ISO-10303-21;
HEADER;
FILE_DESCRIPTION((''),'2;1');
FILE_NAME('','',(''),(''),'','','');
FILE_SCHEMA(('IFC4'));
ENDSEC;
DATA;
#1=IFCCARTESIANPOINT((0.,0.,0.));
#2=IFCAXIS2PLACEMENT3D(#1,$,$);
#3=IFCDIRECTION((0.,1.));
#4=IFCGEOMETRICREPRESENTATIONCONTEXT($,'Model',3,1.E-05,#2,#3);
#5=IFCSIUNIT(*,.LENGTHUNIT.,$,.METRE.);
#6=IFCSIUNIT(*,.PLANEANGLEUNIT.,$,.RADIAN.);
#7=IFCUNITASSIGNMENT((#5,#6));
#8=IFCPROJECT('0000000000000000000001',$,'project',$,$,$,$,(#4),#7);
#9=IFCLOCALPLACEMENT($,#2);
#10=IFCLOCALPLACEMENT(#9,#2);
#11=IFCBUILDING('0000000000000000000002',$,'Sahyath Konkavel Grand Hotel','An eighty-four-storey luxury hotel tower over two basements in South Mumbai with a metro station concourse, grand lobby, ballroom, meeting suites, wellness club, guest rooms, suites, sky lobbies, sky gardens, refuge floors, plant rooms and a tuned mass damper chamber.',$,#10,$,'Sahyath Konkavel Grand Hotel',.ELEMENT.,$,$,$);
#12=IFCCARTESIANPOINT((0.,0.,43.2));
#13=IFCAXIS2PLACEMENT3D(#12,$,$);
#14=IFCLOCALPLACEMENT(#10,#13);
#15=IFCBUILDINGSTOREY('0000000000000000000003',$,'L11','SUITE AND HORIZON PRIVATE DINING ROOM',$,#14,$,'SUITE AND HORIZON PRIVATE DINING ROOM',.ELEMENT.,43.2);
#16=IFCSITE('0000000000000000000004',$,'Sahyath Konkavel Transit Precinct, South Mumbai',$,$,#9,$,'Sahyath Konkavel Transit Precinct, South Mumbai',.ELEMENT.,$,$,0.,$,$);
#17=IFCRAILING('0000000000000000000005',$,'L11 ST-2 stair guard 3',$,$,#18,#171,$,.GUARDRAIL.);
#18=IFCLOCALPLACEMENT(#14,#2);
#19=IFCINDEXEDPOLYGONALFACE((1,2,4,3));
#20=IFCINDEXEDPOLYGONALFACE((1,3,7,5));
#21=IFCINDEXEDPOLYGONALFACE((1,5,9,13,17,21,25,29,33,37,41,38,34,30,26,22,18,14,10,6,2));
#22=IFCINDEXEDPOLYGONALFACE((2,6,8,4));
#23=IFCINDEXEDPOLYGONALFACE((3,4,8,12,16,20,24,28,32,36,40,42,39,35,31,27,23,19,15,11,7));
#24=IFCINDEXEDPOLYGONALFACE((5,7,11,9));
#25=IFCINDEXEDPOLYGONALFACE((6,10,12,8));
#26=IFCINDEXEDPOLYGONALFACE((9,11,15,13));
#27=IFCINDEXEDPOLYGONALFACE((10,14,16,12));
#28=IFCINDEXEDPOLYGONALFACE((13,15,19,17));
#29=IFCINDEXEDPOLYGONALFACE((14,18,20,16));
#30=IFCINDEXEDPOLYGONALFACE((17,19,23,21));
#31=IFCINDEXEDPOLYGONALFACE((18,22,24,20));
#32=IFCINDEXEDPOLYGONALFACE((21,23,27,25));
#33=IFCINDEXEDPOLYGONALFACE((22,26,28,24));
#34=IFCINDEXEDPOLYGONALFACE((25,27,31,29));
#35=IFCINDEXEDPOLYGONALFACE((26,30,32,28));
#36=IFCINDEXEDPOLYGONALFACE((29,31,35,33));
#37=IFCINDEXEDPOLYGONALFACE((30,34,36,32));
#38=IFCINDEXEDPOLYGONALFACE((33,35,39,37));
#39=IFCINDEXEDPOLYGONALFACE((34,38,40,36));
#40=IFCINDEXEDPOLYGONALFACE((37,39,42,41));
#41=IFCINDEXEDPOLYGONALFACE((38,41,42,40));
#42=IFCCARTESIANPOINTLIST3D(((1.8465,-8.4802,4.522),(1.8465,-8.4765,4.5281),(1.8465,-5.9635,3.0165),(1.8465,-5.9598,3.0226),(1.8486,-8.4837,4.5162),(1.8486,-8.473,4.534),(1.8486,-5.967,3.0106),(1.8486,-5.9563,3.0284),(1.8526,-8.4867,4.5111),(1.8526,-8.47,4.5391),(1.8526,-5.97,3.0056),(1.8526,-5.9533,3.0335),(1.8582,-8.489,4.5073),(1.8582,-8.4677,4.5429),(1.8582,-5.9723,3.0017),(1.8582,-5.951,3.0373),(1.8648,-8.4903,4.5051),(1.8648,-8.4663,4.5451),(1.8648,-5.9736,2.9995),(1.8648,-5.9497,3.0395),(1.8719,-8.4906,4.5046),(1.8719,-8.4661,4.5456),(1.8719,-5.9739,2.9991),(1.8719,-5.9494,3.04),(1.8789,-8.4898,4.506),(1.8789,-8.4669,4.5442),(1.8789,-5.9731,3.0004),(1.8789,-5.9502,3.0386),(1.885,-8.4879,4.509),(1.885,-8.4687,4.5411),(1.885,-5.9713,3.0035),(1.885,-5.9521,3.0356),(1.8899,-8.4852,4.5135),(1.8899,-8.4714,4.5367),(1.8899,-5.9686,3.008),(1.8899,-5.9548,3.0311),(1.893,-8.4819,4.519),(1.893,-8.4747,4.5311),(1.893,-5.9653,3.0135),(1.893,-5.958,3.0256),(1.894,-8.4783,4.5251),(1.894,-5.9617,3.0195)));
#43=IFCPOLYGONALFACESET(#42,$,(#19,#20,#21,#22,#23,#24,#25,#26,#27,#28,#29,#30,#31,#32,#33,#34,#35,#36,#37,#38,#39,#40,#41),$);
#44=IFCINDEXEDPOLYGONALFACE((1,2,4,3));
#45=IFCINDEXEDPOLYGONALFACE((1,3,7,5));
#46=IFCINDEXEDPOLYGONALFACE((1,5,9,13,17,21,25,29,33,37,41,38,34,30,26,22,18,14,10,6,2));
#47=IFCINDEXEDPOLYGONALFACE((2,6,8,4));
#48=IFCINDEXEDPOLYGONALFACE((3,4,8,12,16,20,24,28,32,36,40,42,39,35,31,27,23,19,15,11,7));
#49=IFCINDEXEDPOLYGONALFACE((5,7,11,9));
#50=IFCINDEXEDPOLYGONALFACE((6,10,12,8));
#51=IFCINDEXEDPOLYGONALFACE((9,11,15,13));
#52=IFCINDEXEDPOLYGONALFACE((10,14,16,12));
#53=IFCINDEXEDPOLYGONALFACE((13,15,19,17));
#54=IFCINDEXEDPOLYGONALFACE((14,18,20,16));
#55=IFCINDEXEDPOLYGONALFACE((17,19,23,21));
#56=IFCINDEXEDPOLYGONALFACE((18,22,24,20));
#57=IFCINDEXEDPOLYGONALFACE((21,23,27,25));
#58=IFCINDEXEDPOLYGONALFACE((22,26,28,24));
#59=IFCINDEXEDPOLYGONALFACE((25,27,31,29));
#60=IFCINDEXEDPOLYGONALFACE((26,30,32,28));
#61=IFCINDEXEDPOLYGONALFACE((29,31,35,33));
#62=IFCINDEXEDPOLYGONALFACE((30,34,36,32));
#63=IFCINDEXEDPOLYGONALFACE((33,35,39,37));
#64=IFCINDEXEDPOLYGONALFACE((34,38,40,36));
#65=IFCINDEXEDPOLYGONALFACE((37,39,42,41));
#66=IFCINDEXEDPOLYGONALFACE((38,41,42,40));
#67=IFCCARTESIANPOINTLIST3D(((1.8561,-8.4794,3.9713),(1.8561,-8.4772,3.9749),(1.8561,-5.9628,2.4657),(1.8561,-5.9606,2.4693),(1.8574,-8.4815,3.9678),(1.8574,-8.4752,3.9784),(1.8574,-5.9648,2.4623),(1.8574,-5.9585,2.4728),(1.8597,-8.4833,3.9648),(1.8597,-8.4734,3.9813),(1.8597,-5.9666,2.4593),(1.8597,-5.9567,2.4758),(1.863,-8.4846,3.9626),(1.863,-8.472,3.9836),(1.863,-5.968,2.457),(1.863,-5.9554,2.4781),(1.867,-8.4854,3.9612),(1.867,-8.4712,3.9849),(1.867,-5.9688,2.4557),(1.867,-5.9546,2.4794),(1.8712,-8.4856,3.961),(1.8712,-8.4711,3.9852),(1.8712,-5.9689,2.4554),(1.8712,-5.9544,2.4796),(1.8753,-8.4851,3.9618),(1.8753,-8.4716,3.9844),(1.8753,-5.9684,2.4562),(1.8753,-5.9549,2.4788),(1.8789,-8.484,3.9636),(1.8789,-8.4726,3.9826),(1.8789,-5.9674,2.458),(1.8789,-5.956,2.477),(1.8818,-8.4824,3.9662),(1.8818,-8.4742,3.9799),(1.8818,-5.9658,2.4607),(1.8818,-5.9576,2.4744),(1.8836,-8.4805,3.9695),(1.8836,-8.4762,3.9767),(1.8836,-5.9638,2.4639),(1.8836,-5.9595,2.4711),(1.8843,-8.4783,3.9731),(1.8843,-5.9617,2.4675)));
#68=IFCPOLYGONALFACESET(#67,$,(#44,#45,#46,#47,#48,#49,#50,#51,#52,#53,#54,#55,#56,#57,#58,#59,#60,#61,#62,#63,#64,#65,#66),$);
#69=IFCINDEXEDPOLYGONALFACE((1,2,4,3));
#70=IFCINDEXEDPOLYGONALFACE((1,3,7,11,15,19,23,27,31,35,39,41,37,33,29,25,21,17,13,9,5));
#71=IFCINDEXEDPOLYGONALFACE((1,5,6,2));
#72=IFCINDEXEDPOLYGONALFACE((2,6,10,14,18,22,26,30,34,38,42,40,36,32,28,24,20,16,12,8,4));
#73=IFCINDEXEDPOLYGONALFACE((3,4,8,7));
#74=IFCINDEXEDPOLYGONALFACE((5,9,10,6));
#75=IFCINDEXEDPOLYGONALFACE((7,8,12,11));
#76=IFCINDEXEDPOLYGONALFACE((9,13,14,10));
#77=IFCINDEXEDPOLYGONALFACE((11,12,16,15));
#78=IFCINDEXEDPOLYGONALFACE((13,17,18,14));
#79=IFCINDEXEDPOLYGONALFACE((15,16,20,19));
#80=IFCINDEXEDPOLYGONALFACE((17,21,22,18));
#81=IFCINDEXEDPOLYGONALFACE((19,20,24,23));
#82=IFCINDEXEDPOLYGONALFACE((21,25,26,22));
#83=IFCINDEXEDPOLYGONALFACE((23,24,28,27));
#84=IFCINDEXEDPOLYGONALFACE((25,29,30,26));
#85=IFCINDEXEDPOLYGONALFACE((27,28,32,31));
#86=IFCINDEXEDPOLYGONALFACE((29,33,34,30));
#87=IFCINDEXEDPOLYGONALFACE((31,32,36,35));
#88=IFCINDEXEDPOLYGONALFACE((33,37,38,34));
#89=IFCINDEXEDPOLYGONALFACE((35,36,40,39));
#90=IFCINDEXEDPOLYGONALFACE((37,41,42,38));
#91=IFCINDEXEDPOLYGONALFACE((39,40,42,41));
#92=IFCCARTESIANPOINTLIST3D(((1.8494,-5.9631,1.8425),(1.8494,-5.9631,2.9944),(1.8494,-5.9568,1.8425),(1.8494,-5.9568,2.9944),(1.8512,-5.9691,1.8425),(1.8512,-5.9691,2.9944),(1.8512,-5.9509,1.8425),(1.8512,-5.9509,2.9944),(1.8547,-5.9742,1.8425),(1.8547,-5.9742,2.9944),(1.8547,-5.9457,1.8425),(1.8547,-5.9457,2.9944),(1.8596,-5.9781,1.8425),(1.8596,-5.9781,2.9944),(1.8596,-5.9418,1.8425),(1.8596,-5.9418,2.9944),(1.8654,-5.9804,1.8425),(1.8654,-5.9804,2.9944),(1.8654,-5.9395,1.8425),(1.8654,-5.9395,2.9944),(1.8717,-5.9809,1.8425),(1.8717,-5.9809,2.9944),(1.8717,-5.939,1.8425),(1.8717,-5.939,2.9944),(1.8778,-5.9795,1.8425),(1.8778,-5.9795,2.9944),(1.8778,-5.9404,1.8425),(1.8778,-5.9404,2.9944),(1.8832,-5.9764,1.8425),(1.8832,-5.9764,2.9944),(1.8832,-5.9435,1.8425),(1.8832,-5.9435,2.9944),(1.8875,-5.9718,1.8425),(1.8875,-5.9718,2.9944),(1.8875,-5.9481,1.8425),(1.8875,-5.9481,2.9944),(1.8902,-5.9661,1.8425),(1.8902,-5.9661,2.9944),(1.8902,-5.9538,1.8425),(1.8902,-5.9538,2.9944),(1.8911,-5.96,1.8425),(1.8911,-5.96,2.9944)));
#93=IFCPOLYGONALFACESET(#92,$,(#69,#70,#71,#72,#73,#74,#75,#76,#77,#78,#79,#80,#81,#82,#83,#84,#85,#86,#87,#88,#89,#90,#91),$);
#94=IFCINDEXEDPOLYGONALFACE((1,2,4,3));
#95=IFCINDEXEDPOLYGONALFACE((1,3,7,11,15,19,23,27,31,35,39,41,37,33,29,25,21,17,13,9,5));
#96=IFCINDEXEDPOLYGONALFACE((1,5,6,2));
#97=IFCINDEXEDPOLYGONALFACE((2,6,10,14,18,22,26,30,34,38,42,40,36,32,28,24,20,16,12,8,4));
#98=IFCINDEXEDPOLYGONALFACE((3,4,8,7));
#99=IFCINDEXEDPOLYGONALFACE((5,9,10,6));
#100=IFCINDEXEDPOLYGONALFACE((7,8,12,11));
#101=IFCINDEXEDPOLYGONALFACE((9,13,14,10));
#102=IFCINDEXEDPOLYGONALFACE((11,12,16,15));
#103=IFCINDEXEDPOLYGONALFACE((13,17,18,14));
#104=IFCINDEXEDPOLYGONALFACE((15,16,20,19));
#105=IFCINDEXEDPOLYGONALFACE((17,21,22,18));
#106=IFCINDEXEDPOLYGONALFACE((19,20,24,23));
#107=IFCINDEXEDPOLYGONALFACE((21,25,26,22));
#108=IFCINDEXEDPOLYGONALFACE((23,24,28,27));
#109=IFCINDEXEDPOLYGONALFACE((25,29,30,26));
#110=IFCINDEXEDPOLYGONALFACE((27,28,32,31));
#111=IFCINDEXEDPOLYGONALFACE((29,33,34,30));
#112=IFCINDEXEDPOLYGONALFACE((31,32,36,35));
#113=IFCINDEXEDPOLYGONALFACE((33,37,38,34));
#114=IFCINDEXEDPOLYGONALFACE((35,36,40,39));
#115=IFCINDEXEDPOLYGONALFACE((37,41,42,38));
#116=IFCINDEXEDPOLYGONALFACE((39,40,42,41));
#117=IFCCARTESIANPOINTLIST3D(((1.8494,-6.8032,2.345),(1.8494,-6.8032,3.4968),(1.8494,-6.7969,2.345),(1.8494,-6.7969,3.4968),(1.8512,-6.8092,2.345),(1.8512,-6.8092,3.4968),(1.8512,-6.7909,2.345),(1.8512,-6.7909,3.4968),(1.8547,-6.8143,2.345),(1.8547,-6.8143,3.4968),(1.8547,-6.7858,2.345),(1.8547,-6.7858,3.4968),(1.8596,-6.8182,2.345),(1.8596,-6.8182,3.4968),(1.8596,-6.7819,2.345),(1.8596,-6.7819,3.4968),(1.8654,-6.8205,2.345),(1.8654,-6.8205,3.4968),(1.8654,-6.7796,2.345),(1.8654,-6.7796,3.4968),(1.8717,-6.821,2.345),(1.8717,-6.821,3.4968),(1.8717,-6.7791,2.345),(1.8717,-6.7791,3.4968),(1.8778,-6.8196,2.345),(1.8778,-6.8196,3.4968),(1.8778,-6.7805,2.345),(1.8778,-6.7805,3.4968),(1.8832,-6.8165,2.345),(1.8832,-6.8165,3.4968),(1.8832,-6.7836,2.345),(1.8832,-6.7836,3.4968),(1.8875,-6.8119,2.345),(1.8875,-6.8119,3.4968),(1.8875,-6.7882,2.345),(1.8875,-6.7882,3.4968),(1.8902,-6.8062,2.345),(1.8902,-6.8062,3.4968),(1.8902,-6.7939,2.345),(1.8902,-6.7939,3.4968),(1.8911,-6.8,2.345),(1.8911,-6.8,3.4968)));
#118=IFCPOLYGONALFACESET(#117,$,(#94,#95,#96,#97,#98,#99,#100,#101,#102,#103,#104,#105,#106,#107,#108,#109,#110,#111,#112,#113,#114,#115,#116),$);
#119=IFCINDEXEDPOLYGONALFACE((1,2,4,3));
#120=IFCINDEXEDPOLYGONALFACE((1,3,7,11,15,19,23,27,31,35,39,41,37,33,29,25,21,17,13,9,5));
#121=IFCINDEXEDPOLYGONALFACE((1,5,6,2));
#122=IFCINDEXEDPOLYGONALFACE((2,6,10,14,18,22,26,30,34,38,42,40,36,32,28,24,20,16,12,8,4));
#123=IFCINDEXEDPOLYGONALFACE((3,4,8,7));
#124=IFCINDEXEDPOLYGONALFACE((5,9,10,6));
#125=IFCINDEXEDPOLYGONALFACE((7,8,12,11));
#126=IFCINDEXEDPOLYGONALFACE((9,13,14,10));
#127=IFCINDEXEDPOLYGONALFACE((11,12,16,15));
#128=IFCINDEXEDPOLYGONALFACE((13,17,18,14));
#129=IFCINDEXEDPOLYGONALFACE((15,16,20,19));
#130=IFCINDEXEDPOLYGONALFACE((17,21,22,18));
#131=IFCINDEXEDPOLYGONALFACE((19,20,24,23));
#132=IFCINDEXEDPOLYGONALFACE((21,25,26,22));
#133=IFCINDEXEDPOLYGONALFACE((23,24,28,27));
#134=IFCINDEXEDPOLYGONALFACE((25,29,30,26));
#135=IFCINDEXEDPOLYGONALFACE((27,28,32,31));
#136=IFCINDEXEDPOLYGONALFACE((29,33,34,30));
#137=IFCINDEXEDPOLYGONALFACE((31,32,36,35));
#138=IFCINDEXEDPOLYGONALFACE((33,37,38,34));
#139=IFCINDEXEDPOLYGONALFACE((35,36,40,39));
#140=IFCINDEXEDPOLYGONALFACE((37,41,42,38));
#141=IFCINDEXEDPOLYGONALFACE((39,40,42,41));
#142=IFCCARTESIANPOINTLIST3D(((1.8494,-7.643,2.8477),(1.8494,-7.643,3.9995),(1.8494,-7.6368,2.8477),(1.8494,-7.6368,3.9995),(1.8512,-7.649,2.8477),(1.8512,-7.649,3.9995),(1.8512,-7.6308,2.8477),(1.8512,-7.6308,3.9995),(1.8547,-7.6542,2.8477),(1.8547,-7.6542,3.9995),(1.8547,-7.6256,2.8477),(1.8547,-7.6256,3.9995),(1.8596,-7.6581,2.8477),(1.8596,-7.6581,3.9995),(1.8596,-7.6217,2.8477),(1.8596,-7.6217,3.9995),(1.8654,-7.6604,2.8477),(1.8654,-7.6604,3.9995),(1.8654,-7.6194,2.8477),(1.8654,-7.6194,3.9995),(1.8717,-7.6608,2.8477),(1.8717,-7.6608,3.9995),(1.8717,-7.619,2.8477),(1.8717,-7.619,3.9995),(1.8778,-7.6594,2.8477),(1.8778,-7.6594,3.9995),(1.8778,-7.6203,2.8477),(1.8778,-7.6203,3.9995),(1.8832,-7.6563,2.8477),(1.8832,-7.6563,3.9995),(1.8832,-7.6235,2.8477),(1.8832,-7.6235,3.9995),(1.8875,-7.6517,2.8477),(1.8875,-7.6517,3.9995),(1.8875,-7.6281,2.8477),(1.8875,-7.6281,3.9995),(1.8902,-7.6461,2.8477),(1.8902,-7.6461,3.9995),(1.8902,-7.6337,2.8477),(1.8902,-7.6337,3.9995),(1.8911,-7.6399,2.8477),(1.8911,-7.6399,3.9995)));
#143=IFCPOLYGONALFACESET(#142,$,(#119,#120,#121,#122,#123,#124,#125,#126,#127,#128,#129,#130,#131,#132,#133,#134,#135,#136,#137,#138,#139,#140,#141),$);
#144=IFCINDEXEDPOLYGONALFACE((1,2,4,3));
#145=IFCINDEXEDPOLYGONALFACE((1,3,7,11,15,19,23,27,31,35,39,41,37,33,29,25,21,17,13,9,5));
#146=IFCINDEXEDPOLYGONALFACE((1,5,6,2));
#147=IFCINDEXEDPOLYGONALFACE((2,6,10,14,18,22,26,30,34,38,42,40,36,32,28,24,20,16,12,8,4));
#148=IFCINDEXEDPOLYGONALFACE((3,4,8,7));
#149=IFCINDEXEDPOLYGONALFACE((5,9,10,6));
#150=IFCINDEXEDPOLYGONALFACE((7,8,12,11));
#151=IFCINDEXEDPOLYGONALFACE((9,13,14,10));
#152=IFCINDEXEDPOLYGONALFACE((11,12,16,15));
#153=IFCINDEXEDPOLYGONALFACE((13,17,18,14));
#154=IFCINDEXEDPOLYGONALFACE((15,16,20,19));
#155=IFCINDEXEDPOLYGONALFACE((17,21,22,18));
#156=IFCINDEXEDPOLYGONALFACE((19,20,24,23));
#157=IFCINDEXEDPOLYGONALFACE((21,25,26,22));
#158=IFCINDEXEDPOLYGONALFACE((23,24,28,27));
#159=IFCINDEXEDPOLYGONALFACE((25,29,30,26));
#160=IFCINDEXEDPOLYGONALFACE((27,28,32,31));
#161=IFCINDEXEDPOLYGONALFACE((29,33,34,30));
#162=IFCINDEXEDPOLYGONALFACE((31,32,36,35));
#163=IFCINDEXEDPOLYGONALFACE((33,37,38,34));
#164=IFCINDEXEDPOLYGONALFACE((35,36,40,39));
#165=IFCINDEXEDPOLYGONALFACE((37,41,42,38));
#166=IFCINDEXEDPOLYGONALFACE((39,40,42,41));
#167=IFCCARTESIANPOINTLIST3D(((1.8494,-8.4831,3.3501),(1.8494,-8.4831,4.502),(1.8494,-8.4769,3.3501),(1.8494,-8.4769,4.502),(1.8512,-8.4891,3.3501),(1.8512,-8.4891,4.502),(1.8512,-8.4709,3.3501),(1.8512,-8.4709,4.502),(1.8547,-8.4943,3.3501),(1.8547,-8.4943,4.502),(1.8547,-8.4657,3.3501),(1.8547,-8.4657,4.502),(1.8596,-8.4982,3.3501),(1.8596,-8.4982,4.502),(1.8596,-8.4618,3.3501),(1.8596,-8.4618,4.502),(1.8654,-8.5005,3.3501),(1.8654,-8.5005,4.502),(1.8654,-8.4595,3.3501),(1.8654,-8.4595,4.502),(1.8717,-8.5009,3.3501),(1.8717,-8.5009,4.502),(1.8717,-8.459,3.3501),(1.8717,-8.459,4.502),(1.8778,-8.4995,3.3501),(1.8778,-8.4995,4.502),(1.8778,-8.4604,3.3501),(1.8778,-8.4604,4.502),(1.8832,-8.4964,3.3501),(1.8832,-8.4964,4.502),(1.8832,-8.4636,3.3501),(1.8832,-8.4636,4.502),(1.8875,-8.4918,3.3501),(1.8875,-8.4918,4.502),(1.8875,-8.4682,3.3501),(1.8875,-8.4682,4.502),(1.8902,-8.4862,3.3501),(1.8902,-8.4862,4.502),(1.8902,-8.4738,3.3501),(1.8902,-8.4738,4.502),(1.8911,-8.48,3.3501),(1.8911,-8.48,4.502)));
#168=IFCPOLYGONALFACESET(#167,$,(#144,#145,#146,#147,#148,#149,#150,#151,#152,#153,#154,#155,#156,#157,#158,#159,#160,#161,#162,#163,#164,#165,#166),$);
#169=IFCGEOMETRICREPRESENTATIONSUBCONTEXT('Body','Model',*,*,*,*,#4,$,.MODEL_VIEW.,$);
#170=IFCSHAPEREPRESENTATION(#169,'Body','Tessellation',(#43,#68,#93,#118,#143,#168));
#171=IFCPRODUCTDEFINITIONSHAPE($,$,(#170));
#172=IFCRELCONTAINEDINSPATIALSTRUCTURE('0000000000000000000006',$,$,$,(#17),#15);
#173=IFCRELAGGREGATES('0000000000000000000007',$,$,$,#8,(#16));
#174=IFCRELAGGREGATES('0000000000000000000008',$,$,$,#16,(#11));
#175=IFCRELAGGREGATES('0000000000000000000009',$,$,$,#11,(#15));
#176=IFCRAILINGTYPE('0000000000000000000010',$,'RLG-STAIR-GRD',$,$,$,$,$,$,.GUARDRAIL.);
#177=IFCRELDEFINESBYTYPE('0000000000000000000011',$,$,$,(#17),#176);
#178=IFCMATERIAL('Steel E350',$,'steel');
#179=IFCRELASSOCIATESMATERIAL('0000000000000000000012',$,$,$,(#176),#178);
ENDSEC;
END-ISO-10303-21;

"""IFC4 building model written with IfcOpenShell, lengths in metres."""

from ifc_helpers import new_model, si_unit, direction, frame, origin, origin_2d, place, context, subcontext, project, spatial, circle, extrude, material, type_object, element, save


model = new_model("IFC4")

# Units and contexts
model_context = context("Model", 3, precision=1e-05, world=origin(), true_north=direction((0.0, 1.0)))
body_context = subcontext(model_context, "Body", "Model", "MODEL_VIEW")
ifc_project = project(units=[si_unit("LENGTHUNIT", "METRE"), si_unit("PLANEANGLEUNIT", "RADIAN")], contexts=[model_context])

# Site, building, storey
site_placement = place(None, origin())
site = spatial("IfcSite", under=ifc_project, at=site_placement, Name="Sahyath Konkavel Transit Precinct, South Mumbai", LongName="Sahyath Konkavel Transit Precinct, South Mumbai", CompositionType="ELEMENT", RefElevation=0.0)
building_placement = place(site_placement, origin())
building = spatial("IfcBuilding", under=site, at=building_placement, Name="Sahyath Konkavel Grand Hotel", Description="An eighty-four-storey luxury hotel tower over two basements in South Mumbai with a metro station concourse, grand lobby, ballroom, meeting suites, wellness club, guest rooms, suites, sky lobbies, sky gardens, refuge floors, plant rooms and a tuned mass damper chamber.", LongName="Sahyath Konkavel Grand Hotel", CompositionType="ELEMENT")
storey_placement = place(building_placement, frame((0.0, 0.0, 43.2)))
storey = spatial("IfcBuildingStorey", under=building, at=storey_placement, Name="L11", Description="SUITE AND HORIZON PRIVATE DINING ROOM", LongName="SUITE AND HORIZON PRIVATE DINING ROOM", CompositionType="ELEMENT", Elevation=43.2)

# Shared definitions
ifc_material_1 = material(Name="Steel E350", Category="steel")

# Railing
railing_type_1 = type_object("IfcRailingType", Name="RLG-STAIR-GRD", PredefinedType="GUARDRAIL", material=ifc_material_1)
railing_1_placement = place(storey_placement, frame((1.8701, -5.96, 1.8425)))
element("IfcRailing", 1, at=railing_1_placement, inside=storey, type_object=railing_type_1, Name="L11 ST-2 stair guard 3", PredefinedType="GUARDRAIL", context=body_context, shape_type="SweptSolid", body=[
    extrude(circle(Radius=0.0239, at=origin_2d()), frame((0.0, -0.0017, 1.177), z_axis=(0.0, -0.85816, 0.513383), x_axis=(1.0, 0.0, 0.0)), (0.0, 0.0, 1.0), 2.9326),
    extrude(circle(Radius=0.0142, at=origin_2d()), frame((0.0, -0.0017, 0.625), z_axis=(0.0, -0.85816, 0.513383), x_axis=(1.0, 0.0, 0.0)), (0.0, 0.0, 1.0), 2.9326),
    extrude(circle(Radius=0.021, at=origin_2d()), origin(), (0.0, 0.0, 1.0), 1.1519),
    extrude(circle(Radius=0.021, at=origin_2d()), frame((0.0, -0.8401, 0.5024)), (0.0, 0.0, 1.0), 1.1519),
    extrude(circle(Radius=0.021, at=origin_2d()), frame((0.0, -1.6799, 1.0051)), (0.0, 0.0, 1.0), 1.1519),
    extrude(circle(Radius=0.021, at=origin_2d()), frame((0.0, -2.52, 1.5076)), (0.0, 0.0, 1.0), 1.1519),
])

save(model, "model.ifc")
